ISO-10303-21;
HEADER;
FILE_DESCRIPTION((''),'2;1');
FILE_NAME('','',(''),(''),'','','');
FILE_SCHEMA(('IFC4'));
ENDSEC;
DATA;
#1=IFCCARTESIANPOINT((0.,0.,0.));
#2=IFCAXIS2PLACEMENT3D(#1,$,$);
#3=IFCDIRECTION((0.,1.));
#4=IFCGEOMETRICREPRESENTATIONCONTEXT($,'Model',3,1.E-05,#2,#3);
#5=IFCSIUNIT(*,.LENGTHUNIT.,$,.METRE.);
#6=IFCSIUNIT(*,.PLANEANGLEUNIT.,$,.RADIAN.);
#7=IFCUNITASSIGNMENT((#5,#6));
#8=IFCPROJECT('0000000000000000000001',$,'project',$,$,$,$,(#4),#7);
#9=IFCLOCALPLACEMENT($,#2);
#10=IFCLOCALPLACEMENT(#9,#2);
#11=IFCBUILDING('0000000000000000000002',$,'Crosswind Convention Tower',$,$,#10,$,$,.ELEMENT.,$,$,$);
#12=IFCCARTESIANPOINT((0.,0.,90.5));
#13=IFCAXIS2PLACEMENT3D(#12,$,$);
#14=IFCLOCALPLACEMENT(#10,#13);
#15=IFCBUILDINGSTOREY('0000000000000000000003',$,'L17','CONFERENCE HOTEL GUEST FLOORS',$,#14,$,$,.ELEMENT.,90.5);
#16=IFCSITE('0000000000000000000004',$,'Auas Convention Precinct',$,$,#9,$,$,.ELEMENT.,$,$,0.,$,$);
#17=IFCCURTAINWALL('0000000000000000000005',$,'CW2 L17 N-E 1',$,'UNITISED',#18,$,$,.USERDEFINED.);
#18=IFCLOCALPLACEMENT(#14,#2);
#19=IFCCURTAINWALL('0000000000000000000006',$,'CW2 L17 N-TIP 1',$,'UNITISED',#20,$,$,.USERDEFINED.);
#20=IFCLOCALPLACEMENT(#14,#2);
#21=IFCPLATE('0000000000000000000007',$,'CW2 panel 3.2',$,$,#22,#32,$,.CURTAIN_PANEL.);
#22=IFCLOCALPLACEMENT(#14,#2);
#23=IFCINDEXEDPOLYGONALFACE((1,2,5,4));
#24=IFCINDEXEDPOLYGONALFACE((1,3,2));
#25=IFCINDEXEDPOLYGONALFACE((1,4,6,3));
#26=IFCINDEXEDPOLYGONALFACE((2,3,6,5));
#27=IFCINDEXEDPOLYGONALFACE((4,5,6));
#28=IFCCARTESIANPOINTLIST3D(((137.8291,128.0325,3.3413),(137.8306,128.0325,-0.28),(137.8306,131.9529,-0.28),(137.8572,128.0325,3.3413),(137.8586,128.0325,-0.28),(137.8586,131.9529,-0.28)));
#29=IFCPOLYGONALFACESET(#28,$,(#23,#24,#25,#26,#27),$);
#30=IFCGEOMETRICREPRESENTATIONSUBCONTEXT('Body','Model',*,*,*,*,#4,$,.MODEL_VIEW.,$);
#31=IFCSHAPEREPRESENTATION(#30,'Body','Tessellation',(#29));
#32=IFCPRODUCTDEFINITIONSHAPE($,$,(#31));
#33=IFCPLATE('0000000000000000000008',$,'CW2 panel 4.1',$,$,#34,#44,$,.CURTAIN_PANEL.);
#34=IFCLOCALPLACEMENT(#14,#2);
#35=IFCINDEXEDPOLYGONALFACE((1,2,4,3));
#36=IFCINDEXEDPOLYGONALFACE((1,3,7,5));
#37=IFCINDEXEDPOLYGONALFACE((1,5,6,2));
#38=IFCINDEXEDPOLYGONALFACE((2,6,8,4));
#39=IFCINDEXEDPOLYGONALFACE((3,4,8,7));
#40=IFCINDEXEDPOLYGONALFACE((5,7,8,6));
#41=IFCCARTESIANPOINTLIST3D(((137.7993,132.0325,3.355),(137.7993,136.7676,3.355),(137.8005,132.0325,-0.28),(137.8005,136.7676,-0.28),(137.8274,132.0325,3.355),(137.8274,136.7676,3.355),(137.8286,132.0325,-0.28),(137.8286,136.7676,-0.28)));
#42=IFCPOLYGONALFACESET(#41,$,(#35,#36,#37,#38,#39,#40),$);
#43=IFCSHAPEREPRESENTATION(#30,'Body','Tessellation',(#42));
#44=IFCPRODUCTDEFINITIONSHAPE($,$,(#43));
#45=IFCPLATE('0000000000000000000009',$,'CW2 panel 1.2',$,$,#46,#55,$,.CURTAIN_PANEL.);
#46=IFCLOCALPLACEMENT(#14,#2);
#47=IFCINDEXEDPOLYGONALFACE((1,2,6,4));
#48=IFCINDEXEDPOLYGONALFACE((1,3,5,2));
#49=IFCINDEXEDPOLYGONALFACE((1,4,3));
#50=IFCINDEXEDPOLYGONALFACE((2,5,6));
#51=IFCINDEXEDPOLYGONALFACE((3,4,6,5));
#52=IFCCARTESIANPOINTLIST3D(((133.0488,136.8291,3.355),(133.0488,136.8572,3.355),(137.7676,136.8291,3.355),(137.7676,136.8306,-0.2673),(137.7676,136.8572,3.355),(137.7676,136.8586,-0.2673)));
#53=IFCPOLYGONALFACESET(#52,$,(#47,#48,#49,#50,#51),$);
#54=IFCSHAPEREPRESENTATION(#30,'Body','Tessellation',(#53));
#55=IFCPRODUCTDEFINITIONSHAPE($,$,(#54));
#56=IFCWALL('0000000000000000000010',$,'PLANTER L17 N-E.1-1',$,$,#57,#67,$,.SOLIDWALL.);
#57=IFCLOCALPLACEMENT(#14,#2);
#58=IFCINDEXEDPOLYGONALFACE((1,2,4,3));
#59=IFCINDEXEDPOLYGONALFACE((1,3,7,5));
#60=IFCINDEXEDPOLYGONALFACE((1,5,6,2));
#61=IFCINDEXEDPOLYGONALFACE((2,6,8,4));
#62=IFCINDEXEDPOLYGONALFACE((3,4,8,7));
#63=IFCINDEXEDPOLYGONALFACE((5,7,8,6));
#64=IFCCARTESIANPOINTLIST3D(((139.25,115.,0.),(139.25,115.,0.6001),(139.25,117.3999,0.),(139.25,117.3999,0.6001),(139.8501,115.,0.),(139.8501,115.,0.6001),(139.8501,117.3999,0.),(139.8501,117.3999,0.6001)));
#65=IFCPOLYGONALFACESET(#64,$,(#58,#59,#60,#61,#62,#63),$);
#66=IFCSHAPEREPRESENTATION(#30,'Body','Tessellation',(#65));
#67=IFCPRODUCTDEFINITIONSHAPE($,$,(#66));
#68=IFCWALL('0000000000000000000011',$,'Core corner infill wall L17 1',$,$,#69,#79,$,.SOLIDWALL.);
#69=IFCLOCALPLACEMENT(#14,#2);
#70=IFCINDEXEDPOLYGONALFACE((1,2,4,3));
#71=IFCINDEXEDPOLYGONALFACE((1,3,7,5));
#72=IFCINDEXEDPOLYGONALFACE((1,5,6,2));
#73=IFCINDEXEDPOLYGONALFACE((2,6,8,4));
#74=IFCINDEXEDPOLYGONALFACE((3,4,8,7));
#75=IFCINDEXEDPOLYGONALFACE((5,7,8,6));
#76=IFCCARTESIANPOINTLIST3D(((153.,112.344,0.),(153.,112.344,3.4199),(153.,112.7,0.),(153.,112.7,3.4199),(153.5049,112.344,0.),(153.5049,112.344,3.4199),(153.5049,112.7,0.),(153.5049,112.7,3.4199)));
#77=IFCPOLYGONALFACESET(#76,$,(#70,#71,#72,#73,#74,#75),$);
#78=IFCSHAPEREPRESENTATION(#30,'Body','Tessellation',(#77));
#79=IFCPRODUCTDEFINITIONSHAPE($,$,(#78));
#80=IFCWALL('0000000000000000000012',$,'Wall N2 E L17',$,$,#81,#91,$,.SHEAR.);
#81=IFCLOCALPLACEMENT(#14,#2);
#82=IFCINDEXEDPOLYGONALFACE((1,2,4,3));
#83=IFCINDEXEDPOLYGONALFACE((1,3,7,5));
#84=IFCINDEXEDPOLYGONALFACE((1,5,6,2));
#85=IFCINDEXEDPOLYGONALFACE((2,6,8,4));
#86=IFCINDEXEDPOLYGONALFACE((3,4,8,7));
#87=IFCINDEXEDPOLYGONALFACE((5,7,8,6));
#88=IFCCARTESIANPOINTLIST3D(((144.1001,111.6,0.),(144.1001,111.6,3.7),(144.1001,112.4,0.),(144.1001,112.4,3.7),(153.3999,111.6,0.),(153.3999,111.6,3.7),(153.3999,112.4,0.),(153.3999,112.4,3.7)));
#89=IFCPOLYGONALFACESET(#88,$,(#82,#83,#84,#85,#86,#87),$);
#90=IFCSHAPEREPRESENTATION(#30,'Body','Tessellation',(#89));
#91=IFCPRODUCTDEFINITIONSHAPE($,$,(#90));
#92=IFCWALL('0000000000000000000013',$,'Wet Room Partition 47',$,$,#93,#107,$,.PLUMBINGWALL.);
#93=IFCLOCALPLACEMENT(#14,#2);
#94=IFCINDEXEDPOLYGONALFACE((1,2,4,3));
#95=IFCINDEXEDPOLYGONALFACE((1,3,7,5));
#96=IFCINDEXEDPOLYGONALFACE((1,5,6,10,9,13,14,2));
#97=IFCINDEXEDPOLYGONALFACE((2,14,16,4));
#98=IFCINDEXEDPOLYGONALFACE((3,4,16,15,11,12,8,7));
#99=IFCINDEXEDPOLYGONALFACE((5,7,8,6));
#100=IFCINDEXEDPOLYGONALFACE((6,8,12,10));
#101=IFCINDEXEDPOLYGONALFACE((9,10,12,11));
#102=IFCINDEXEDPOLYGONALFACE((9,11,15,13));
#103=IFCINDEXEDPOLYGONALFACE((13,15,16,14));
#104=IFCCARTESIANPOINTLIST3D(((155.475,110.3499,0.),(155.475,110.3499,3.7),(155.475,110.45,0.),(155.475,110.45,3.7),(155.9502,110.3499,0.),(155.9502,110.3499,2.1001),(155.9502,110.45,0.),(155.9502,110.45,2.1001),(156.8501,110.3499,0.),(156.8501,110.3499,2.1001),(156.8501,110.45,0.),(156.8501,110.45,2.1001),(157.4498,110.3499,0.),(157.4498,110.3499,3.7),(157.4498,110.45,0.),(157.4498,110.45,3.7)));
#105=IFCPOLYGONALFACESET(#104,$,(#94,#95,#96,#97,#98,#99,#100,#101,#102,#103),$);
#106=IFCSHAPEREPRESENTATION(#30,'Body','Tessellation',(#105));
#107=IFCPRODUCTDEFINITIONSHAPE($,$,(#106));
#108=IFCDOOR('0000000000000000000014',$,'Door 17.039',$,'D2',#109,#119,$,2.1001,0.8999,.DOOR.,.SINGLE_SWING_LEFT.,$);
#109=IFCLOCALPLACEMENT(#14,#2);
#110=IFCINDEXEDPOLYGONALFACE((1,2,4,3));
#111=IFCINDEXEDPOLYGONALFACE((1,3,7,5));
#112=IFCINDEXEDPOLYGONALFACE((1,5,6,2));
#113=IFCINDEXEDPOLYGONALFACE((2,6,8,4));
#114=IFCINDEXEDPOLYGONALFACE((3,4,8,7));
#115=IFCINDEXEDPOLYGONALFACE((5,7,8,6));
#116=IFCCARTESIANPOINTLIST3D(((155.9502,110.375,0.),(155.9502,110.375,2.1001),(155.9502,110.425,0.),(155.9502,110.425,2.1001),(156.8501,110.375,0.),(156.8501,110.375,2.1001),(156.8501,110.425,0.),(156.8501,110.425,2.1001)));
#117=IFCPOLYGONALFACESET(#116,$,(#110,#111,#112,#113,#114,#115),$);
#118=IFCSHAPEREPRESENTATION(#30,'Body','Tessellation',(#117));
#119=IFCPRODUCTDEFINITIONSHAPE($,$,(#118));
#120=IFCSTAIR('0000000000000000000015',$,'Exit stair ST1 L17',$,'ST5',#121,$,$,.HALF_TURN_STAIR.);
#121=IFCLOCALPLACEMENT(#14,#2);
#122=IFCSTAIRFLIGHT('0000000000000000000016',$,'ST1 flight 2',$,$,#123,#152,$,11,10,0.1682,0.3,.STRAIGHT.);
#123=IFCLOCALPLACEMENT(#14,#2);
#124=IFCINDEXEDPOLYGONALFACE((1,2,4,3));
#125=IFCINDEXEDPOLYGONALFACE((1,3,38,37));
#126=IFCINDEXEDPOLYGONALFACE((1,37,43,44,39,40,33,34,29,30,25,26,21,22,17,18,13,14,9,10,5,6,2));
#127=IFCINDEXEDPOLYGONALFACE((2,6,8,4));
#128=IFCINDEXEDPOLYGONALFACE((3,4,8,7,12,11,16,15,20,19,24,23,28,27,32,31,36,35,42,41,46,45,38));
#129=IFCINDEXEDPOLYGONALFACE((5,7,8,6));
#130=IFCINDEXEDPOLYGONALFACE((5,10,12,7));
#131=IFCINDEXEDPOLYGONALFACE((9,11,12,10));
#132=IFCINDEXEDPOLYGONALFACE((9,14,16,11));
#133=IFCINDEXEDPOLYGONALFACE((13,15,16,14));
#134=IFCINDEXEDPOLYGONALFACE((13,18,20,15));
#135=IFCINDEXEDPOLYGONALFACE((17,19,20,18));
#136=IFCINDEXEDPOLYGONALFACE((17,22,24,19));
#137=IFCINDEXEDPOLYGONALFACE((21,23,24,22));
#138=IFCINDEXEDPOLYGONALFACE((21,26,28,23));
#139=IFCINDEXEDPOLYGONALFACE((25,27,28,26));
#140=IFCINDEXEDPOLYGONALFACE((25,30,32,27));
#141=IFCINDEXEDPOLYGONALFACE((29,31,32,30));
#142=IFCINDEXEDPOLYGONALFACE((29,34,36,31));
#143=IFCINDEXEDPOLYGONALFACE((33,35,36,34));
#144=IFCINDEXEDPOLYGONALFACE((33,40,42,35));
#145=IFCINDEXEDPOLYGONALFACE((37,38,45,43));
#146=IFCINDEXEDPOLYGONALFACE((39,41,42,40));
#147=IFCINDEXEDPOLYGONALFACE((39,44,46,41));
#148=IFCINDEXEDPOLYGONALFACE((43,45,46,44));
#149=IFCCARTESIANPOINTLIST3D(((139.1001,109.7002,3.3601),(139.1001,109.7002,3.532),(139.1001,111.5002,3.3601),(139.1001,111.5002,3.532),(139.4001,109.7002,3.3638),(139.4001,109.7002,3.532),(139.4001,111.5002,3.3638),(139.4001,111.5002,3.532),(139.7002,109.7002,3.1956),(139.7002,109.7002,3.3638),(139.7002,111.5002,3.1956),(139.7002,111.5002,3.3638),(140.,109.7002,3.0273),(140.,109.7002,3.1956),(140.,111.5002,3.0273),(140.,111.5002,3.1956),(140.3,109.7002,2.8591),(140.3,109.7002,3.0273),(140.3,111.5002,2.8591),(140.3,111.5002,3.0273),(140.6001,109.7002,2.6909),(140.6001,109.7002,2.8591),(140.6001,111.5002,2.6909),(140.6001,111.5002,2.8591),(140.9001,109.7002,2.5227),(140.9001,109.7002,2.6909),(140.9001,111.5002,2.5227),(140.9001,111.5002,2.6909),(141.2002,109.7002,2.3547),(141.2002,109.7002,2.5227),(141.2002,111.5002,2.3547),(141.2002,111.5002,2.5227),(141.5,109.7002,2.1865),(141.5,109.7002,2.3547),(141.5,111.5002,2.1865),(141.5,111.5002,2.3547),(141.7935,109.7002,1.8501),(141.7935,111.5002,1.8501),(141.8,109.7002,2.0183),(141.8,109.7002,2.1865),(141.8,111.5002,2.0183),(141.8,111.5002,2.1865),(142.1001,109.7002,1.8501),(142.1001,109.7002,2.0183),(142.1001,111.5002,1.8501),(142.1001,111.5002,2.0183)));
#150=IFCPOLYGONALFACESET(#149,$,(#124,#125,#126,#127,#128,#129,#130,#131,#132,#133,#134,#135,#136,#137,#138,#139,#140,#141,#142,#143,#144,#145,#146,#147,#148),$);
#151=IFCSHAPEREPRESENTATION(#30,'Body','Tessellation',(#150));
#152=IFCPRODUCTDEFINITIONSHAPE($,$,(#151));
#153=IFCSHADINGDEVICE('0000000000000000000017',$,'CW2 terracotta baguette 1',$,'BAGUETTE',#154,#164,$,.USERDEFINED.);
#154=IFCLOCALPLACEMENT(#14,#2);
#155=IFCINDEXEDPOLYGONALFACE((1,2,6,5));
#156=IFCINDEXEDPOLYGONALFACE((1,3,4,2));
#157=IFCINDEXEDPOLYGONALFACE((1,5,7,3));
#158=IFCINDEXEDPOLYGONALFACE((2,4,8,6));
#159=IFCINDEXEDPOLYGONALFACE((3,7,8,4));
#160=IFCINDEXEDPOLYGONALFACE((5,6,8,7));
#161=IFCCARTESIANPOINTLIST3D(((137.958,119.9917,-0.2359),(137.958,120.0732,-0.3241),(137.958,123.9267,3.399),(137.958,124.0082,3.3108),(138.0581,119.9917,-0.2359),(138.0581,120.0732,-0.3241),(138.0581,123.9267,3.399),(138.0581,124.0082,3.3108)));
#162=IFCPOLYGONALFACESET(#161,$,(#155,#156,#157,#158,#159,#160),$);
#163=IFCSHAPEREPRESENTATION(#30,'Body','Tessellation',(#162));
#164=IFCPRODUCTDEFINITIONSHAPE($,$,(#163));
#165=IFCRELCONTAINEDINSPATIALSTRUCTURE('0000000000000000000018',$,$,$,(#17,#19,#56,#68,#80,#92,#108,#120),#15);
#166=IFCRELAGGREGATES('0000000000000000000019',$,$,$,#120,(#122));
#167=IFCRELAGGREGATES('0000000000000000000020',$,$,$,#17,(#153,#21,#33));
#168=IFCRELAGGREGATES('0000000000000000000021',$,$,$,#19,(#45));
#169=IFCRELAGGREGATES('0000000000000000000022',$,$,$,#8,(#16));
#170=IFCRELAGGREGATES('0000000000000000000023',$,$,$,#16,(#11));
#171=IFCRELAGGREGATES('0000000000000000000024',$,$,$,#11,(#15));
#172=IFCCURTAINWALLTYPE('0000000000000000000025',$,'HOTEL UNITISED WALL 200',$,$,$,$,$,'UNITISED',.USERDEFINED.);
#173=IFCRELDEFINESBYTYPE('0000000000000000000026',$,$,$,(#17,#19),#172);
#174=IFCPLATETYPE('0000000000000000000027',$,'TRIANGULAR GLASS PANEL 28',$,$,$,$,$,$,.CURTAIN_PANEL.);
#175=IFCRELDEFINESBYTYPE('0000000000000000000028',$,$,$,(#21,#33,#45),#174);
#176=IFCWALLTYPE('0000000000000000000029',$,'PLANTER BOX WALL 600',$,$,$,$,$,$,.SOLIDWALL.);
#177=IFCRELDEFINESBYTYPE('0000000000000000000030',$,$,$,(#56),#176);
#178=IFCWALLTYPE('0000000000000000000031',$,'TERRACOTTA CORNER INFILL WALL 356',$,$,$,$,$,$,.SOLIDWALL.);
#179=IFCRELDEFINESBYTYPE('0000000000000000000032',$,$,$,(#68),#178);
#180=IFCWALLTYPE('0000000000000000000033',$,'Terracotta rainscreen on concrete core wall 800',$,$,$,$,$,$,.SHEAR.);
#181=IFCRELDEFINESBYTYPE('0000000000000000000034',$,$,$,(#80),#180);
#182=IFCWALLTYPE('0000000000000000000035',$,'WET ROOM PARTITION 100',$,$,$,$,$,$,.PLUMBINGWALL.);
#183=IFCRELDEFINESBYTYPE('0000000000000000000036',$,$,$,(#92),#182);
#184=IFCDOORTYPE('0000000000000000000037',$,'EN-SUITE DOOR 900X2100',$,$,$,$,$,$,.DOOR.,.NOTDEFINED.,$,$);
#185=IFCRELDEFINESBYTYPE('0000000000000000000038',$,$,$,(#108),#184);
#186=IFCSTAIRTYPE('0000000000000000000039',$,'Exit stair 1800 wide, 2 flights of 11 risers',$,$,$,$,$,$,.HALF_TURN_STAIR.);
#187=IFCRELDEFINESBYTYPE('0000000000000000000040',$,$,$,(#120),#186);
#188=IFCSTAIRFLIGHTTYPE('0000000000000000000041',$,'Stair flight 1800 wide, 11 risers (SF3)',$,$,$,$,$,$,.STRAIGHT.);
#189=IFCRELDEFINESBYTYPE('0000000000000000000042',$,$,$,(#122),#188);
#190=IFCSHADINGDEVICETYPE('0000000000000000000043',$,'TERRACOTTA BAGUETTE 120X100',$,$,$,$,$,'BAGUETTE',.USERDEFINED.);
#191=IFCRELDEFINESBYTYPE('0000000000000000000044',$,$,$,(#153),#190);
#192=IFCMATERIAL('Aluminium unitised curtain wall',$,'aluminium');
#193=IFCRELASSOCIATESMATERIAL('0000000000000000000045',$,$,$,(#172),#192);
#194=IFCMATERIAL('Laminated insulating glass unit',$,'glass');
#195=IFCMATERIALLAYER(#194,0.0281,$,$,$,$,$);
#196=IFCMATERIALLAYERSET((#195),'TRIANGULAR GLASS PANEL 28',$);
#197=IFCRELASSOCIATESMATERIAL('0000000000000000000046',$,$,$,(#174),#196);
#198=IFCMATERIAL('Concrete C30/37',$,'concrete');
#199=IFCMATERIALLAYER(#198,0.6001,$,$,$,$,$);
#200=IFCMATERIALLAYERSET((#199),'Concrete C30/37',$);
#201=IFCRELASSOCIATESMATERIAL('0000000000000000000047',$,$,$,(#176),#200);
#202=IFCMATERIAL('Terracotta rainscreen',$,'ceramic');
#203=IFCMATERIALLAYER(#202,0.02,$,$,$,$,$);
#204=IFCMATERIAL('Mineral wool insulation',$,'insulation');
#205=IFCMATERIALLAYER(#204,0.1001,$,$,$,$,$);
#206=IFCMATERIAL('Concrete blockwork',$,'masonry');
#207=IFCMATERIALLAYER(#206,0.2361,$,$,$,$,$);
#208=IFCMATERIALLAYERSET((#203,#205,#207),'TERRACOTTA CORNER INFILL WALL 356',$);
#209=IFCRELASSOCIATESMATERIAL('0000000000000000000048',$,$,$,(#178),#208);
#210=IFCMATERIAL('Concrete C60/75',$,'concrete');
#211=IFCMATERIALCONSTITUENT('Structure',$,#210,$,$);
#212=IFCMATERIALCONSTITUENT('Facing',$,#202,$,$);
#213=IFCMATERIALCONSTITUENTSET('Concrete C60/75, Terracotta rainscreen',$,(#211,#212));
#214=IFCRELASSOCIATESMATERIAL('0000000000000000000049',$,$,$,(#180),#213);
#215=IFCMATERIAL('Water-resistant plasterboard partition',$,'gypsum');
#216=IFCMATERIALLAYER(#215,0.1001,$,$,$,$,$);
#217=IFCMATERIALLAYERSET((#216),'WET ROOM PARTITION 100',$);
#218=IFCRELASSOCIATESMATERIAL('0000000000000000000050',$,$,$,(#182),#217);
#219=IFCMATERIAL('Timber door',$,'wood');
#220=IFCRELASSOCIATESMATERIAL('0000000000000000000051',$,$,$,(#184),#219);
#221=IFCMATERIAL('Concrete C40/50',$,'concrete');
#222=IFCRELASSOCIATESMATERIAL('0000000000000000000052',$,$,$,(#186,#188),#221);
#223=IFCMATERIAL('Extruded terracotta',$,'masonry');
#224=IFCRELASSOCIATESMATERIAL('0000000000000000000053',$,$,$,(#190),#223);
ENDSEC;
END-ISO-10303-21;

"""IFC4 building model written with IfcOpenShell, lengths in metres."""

from ifc_helpers import new_model, si_unit, direction, frame, frame_2d, origin, origin_2d, place, context, subcontext, project, spatial, polyline, rectangle, outline, extrude, material, layer, layer_set, constituent, constituent_set, material_profile, profile_set, type_object, element, fill, aggregate, save


model = new_model("IFC4")

# Units and contexts
model_context = context("Model", 3, precision=1e-05, world=origin(), true_north=direction((0.0, 1.0)))
body_context = subcontext(model_context, "Body", "Model", "MODEL_VIEW")
ifc_project = project(units=[si_unit("LENGTHUNIT", "METRE"), si_unit("PLANEANGLEUNIT", "RADIAN")], contexts=[model_context])

# Site, building, storey
site_placement = place(None, origin())
site = spatial("IfcSite", under=ifc_project, at=site_placement, Name="Auas Convention Precinct", CompositionType="ELEMENT", RefElevation=0.0)
building_placement = place(site_placement, origin())
building = spatial("IfcBuilding", under=site, at=building_placement, Name="Crosswind Convention Tower", CompositionType="ELEMENT")
storey_placement = place(building_placement, frame((0.0, 0.0, 90.5)))
storey = spatial("IfcBuildingStorey", under=building, at=storey_placement, Name="L17", Description="CONFERENCE HOTEL GUEST FLOORS", CompositionType="ELEMENT", Elevation=90.5)

# Shared definitions
ifc_material_1 = material(Name="Concrete C60/75", Category="concrete")

# Shared definitions
ifc_material_2 = material(Name="Aluminium unitised curtain wall", Category="aluminium")

# Shared definitions
curtain_wall_type_1 = type_object("IfcCurtainWallType", Name="HOTEL UNITISED WALL 200", ElementType="UNITISED", PredefinedType="USERDEFINED", material=ifc_material_2)

# Curtain wall
curtain_wall_1_placement = place(storey_placement, origin())
curtain_wall_1 = element("IfcCurtainWall", 1, at=curtain_wall_1_placement, inside=storey, type_object=curtain_wall_type_1, Name="CW2 L17 N-E 1", ObjectType="UNITISED", PredefinedType="USERDEFINED")

# Curtain wall
curtain_wall_2_placement = place(storey_placement, origin())
curtain_wall_2 = element("IfcCurtainWall", 2, at=curtain_wall_2_placement, inside=storey, type_object=curtain_wall_type_1, Name="CW2 L17 N-TIP 1", ObjectType="UNITISED", PredefinedType="USERDEFINED")

# Plates
ifc_material_3 = material(Name="Laminated insulating glass unit", Category="glass")
ifc_layer_1 = layer(ifc_material_3, 0.0281)
ifc_layer_set_1 = layer_set([ifc_layer_1], Name="TRIANGULAR GLASS PANEL 28")
plate_type_1 = type_object("IfcPlateType", Name="TRIANGULAR GLASS PANEL 28", PredefinedType="CURTAIN_PANEL", material=ifc_layer_set_1)
plate_1_placement = place(storey_placement, frame((137.8586, 128.0325, -0.28), z_axis=(1.0, 0.0, 0.000405), x_axis=(0.0, 1.0, 0.0)))
plate_1 = element("IfcPlate", 3, at=plate_1_placement, type_object=plate_type_1, Name="CW2 panel 3.2", PredefinedType="CURTAIN_PANEL", context=body_context, shape_type="SweptSolid", body=[
    extrude(outline(polyline([(0.0, 0.0), (3.9204, 0.0), (0.0, 3.6213), (0.0, 0.0)])), origin(), (0.0, 0.0, -1.0), 0.0281),
])
plate_2_placement = place(storey_placement, frame((137.8286, 132.0325, -0.28), z_axis=(1.0, 0.0, 0.000336), x_axis=(0.0, 1.0, 0.0)))
plate_2 = element("IfcPlate", 4, at=plate_2_placement, type_object=plate_type_1, Name="CW2 panel 4.1", PredefinedType="CURTAIN_PANEL", context=body_context, shape_type="SweptSolid", body=[
    extrude(outline(polyline([(0.0, 0.0), (4.7351, 0.0), (4.7351, 3.635), (0.0, 3.635), (0.0, 0.0)])), origin(), (0.0, 0.0, -1.0), 0.0281),
])
plate_3_placement = place(storey_placement, frame((137.7676, 136.8572, 3.355), z_axis=(0.0, 1.0, 0.000404), x_axis=(0.0, 0.000404, -1.0)))
plate_3 = element("IfcPlate", 5, at=plate_3_placement, type_object=plate_type_1, Name="CW2 panel 1.2", PredefinedType="CURTAIN_PANEL", context=body_context, shape_type="SweptSolid", body=[
    extrude(outline(polyline([(0.0, 0.0), (3.6223, 0.0), (0.0, 4.7188), (0.0, 0.0)])), origin(), (0.0, 0.0, -1.0), 0.0281),
])

# Walls
ifc_material_4 = material(Name="Concrete C30/37", Category="concrete")
ifc_layer_2 = layer(ifc_material_4, 0.6001)
ifc_layer_set_2 = layer_set([ifc_layer_2], Name="Concrete C30/37")
wall_type_1 = type_object("IfcWallType", Name="PLANTER BOX WALL 600", PredefinedType="SOLIDWALL", material=ifc_layer_set_2)
wall_1_placement = place(storey_placement, frame((139.55, 115.0, 0.0), z_axis=(0.0, 0.0, 1.0), x_axis=(0.0, 1.0, 0.0)))
element("IfcWall", 6, at=wall_1_placement, inside=storey, type_object=wall_type_1, Name="PLANTER L17 N-E.1-1", PredefinedType="SOLIDWALL", context=body_context, shape_type="SweptSolid", body=[
    extrude(rectangle(XDim=2.3999, YDim=0.6001, at=frame_2d((1.2, 0.0))), origin(), (0.0, 0.0, 1.0), 0.6001),
])
ifc_material_5 = material(Name="Terracotta rainscreen", Category="ceramic")
ifc_layer_3 = layer(ifc_material_5, 0.02)
ifc_material_6 = material(Name="Mineral wool insulation", Category="insulation")
ifc_layer_4 = layer(ifc_material_6, 0.1001)
ifc_material_7 = material(Name="Concrete blockwork", Category="masonry")
ifc_layer_5 = layer(ifc_material_7, 0.2361)
ifc_layer_set_3 = layer_set([ifc_layer_3, ifc_layer_4, ifc_layer_5], Name="TERRACOTTA CORNER INFILL WALL 356")
wall_type_2 = type_object("IfcWallType", Name="TERRACOTTA CORNER INFILL WALL 356", PredefinedType="SOLIDWALL", material=ifc_layer_set_3)
wall_2_placement = place(storey_placement, frame((153.0, 112.522, 0.0), z_axis=(0.0, 0.0, 1.0), x_axis=(1.0, 0.0, 0.0)))
element("IfcWall", 7, at=wall_2_placement, inside=storey, type_object=wall_type_2, Name="Core corner infill wall L17 1", PredefinedType="SOLIDWALL", context=body_context, shape_type="SweptSolid", body=[
    extrude(rectangle(XDim=0.5049, YDim=0.356, at=frame_2d((0.2524, 0.0))), origin(), (0.0, 0.0, 1.0), 3.4199),
])

# Wall
ifc_constituent_1 = constituent(ifc_material_1, Name="Structure")
ifc_constituent_2 = constituent(ifc_material_5, Name="Facing")
ifc_constituent_set = constituent_set(constituents=[ifc_constituent_1, ifc_constituent_2], Name="Concrete C60/75, Terracotta rainscreen")
wall_type_3 = type_object("IfcWallType", Name="Terracotta rainscreen on concrete core wall 800", PredefinedType="SHEAR", material=ifc_constituent_set)
wall_3_placement = place(storey_placement, frame((144.1001, 112.0, 0.0), z_axis=(0.0, 0.0, 1.0), x_axis=(1.0, 0.0, 0.0)))
element("IfcWall", 8, at=wall_3_placement, inside=storey, type_object=wall_type_3, Name="Wall N2 E L17", PredefinedType="SHEAR", context=body_context, shape_type="SweptSolid", body=[
    extrude(rectangle(XDim=9.2998, YDim=0.8, at=frame_2d((4.6499, 0.0))), origin(), (0.0, 0.0, 1.0), 3.7),
])

# Wall, opening, door
ifc_material_8 = material(Name="Water-resistant plasterboard partition", Category="gypsum")
ifc_layer_6 = layer(ifc_material_8, 0.1001)
ifc_layer_set_4 = layer_set([ifc_layer_6], Name="WET ROOM PARTITION 100")
wall_type_4 = type_object("IfcWallType", Name="WET ROOM PARTITION 100", PredefinedType="PLUMBINGWALL", material=ifc_layer_set_4)
wall_4_placement = place(storey_placement, frame((155.4751, 110.3999, 0.0), z_axis=(0.0, 0.0, 1.0), x_axis=(1.0, 0.0, 0.0)))
wall_4 = element("IfcWall", 9, at=wall_4_placement, inside=storey, type_object=wall_type_4, Name="Wet Room Partition 47", PredefinedType="PLUMBINGWALL", context=body_context, shape_type="SweptSolid", body=[
    extrude(rectangle(XDim=1.9749, YDim=0.1001, at=frame_2d((0.9873, 0.0))), origin(), (0.0, 0.0, 1.0), 3.7),
])
opening_1_placement = place(wall_4_placement, frame((0.4751, 0.0, 0.0)))
opening_1 = element("IfcOpeningElement", 10, at=opening_1_placement, cuts=wall_4, PredefinedType="OPENING", context=body_context, shape_type="SweptSolid", body=[
    extrude(rectangle(XDim=0.8999, YDim=2.1001, at=frame_2d((0.45, 1.05))), frame((0.0, 0.0601, 0.0), z_axis=(0.0, -1.0, 0.0), x_axis=(1.0, 0.0, 0.0)), (0.0, 0.0, 1.0), 0.1201),
])
ifc_material_9 = material(Name="Timber door", Category="wood")
door_type_1 = type_object("IfcDoorType", Name="EN-SUITE DOOR 900X2100", OperationType="NOTDEFINED", PredefinedType="DOOR", material=ifc_material_9)
door_1_placement = place(opening_1_placement, frame((0.8999, 0.0, 0.0), z_axis=(0.0, 0.0, 1.0), x_axis=(-1.0, 0.0, 0.0)))
door_1 = element("IfcDoor", 11, at=door_1_placement, inside=storey, type_object=door_type_1, Name="Door 17.039", ObjectType="D2", OperationType="SINGLE_SWING_LEFT", OverallHeight=2.1001, OverallWidth=0.8999, PredefinedType="DOOR", context=body_context, shape_type="SweptSolid", body=[
    extrude(rectangle(XDim=0.8999, YDim=2.1001, at=frame_2d((0.45, 1.05))), frame((0.0, 0.0249, 0.0), z_axis=(0.0, -1.0, 0.0), x_axis=(1.0, 0.0, 0.0)), (0.0, 0.0, 1.0), 0.05),
])
fill(opening_1, door_1)

# Stair, stair flight
ifc_material_10 = material(Name="Concrete C40/50", Category="concrete")
stair_type = type_object("IfcStairType", Name="Exit stair 1800 wide, 2 flights of 11 risers", PredefinedType="HALF_TURN_STAIR", material=ifc_material_10)
stair_placement = place(storey_placement, origin())
stair = element("IfcStair", 12, at=stair_placement, inside=storey, type_object=stair_type, Name="Exit stair ST1 L17", ObjectType="ST5", PredefinedType="HALF_TURN_STAIR")
stair_flight_type = type_object("IfcStairFlightType", Name="Stair flight 1800 wide, 11 risers (SF3)", PredefinedType="STRAIGHT", material=ifc_material_10)
stair_flight_placement = place(storey_placement, frame((142.1001, 110.6001, 1.8501), z_axis=(0.0, 0.0, 1.0), x_axis=(-1.0, 0.0, 0.0)))
stair_flight = element("IfcStairFlight", 13, at=stair_flight_placement, type_object=stair_flight_type, Name="ST1 flight 2", NumberOfRisers=11, NumberOfTreads=10, PredefinedType="STRAIGHT", RiserHeight=0.1682, TreadLength=0.3, context=body_context, shape_type="SweptSolid", body=[
    extrude(outline(polyline([(0.0, 0.0), (0.0, 0.1682), (0.3, 0.1682), (0.3, 0.3364), (0.6001, 0.3364), (0.6001, 0.5046), (0.8999, 0.5046), (0.8999, 0.6726), (1.2, 0.6726), (1.2, 0.8408), (1.5, 0.8408), (1.5, 1.009), (1.8, 1.009), (1.8, 1.1772), (2.1001, 1.1772), (2.1001, 1.3455), (2.3999, 1.3455), (2.3999, 1.5137), (2.7, 1.5137), (2.7, 1.6819), (3.0, 1.6819), (3.0, 1.8501), (3.0, 1.51), (0.3066, 0.0), (0.0, 0.0)])), frame((0.0, 0.8999, 0.0), z_axis=(0.0, -1.0, 0.0), x_axis=(1.0, 0.0, 0.0)), (0.0, 0.0, 1.0), 1.8),
])
aggregate(stair, [stair_flight])

# Shading device
ifc_material_11 = material(Name="Extruded terracotta", Category="masonry")
ifc_material_profile_1 = material_profile(ifc_material_11, rectangle(XDim=0.1001, YDim=0.1201, at=origin_2d()), Name="TC 100X120")
ifc_profile_set_1 = profile_set([ifc_material_profile_1], Name="Extruded terracotta")
shading_device_type = type_object("IfcShadingDeviceType", Name="TERRACOTTA BAGUETTE 120X100", ElementType="BAGUETTE", PredefinedType="USERDEFINED", material=ifc_profile_set_1)
shading_device_1_placement = place(storey_placement, frame((138.0081, 120.0325, -0.28), z_axis=(0.0, 0.734557, 0.678547), x_axis=(-1.0, 0.0, 0.0)))
shading_device_1 = element("IfcShadingDevice", 14, at=shading_device_1_placement, type_object=shading_device_type, Name="CW2 terracotta baguette 1", ObjectType="BAGUETTE", PredefinedType="USERDEFINED", context=body_context, shape_type="SweptSolid", body=[
    extrude(rectangle(XDim=0.1001, YDim=0.1201, at=origin_2d()), origin(), (0.0, 0.0, 1.0), 5.3569),
])
aggregate(curtain_wall_1, [shading_device_1, plate_1, plate_2])
aggregate(curtain_wall_2, [plate_3])

save(model, "model.ifc")
